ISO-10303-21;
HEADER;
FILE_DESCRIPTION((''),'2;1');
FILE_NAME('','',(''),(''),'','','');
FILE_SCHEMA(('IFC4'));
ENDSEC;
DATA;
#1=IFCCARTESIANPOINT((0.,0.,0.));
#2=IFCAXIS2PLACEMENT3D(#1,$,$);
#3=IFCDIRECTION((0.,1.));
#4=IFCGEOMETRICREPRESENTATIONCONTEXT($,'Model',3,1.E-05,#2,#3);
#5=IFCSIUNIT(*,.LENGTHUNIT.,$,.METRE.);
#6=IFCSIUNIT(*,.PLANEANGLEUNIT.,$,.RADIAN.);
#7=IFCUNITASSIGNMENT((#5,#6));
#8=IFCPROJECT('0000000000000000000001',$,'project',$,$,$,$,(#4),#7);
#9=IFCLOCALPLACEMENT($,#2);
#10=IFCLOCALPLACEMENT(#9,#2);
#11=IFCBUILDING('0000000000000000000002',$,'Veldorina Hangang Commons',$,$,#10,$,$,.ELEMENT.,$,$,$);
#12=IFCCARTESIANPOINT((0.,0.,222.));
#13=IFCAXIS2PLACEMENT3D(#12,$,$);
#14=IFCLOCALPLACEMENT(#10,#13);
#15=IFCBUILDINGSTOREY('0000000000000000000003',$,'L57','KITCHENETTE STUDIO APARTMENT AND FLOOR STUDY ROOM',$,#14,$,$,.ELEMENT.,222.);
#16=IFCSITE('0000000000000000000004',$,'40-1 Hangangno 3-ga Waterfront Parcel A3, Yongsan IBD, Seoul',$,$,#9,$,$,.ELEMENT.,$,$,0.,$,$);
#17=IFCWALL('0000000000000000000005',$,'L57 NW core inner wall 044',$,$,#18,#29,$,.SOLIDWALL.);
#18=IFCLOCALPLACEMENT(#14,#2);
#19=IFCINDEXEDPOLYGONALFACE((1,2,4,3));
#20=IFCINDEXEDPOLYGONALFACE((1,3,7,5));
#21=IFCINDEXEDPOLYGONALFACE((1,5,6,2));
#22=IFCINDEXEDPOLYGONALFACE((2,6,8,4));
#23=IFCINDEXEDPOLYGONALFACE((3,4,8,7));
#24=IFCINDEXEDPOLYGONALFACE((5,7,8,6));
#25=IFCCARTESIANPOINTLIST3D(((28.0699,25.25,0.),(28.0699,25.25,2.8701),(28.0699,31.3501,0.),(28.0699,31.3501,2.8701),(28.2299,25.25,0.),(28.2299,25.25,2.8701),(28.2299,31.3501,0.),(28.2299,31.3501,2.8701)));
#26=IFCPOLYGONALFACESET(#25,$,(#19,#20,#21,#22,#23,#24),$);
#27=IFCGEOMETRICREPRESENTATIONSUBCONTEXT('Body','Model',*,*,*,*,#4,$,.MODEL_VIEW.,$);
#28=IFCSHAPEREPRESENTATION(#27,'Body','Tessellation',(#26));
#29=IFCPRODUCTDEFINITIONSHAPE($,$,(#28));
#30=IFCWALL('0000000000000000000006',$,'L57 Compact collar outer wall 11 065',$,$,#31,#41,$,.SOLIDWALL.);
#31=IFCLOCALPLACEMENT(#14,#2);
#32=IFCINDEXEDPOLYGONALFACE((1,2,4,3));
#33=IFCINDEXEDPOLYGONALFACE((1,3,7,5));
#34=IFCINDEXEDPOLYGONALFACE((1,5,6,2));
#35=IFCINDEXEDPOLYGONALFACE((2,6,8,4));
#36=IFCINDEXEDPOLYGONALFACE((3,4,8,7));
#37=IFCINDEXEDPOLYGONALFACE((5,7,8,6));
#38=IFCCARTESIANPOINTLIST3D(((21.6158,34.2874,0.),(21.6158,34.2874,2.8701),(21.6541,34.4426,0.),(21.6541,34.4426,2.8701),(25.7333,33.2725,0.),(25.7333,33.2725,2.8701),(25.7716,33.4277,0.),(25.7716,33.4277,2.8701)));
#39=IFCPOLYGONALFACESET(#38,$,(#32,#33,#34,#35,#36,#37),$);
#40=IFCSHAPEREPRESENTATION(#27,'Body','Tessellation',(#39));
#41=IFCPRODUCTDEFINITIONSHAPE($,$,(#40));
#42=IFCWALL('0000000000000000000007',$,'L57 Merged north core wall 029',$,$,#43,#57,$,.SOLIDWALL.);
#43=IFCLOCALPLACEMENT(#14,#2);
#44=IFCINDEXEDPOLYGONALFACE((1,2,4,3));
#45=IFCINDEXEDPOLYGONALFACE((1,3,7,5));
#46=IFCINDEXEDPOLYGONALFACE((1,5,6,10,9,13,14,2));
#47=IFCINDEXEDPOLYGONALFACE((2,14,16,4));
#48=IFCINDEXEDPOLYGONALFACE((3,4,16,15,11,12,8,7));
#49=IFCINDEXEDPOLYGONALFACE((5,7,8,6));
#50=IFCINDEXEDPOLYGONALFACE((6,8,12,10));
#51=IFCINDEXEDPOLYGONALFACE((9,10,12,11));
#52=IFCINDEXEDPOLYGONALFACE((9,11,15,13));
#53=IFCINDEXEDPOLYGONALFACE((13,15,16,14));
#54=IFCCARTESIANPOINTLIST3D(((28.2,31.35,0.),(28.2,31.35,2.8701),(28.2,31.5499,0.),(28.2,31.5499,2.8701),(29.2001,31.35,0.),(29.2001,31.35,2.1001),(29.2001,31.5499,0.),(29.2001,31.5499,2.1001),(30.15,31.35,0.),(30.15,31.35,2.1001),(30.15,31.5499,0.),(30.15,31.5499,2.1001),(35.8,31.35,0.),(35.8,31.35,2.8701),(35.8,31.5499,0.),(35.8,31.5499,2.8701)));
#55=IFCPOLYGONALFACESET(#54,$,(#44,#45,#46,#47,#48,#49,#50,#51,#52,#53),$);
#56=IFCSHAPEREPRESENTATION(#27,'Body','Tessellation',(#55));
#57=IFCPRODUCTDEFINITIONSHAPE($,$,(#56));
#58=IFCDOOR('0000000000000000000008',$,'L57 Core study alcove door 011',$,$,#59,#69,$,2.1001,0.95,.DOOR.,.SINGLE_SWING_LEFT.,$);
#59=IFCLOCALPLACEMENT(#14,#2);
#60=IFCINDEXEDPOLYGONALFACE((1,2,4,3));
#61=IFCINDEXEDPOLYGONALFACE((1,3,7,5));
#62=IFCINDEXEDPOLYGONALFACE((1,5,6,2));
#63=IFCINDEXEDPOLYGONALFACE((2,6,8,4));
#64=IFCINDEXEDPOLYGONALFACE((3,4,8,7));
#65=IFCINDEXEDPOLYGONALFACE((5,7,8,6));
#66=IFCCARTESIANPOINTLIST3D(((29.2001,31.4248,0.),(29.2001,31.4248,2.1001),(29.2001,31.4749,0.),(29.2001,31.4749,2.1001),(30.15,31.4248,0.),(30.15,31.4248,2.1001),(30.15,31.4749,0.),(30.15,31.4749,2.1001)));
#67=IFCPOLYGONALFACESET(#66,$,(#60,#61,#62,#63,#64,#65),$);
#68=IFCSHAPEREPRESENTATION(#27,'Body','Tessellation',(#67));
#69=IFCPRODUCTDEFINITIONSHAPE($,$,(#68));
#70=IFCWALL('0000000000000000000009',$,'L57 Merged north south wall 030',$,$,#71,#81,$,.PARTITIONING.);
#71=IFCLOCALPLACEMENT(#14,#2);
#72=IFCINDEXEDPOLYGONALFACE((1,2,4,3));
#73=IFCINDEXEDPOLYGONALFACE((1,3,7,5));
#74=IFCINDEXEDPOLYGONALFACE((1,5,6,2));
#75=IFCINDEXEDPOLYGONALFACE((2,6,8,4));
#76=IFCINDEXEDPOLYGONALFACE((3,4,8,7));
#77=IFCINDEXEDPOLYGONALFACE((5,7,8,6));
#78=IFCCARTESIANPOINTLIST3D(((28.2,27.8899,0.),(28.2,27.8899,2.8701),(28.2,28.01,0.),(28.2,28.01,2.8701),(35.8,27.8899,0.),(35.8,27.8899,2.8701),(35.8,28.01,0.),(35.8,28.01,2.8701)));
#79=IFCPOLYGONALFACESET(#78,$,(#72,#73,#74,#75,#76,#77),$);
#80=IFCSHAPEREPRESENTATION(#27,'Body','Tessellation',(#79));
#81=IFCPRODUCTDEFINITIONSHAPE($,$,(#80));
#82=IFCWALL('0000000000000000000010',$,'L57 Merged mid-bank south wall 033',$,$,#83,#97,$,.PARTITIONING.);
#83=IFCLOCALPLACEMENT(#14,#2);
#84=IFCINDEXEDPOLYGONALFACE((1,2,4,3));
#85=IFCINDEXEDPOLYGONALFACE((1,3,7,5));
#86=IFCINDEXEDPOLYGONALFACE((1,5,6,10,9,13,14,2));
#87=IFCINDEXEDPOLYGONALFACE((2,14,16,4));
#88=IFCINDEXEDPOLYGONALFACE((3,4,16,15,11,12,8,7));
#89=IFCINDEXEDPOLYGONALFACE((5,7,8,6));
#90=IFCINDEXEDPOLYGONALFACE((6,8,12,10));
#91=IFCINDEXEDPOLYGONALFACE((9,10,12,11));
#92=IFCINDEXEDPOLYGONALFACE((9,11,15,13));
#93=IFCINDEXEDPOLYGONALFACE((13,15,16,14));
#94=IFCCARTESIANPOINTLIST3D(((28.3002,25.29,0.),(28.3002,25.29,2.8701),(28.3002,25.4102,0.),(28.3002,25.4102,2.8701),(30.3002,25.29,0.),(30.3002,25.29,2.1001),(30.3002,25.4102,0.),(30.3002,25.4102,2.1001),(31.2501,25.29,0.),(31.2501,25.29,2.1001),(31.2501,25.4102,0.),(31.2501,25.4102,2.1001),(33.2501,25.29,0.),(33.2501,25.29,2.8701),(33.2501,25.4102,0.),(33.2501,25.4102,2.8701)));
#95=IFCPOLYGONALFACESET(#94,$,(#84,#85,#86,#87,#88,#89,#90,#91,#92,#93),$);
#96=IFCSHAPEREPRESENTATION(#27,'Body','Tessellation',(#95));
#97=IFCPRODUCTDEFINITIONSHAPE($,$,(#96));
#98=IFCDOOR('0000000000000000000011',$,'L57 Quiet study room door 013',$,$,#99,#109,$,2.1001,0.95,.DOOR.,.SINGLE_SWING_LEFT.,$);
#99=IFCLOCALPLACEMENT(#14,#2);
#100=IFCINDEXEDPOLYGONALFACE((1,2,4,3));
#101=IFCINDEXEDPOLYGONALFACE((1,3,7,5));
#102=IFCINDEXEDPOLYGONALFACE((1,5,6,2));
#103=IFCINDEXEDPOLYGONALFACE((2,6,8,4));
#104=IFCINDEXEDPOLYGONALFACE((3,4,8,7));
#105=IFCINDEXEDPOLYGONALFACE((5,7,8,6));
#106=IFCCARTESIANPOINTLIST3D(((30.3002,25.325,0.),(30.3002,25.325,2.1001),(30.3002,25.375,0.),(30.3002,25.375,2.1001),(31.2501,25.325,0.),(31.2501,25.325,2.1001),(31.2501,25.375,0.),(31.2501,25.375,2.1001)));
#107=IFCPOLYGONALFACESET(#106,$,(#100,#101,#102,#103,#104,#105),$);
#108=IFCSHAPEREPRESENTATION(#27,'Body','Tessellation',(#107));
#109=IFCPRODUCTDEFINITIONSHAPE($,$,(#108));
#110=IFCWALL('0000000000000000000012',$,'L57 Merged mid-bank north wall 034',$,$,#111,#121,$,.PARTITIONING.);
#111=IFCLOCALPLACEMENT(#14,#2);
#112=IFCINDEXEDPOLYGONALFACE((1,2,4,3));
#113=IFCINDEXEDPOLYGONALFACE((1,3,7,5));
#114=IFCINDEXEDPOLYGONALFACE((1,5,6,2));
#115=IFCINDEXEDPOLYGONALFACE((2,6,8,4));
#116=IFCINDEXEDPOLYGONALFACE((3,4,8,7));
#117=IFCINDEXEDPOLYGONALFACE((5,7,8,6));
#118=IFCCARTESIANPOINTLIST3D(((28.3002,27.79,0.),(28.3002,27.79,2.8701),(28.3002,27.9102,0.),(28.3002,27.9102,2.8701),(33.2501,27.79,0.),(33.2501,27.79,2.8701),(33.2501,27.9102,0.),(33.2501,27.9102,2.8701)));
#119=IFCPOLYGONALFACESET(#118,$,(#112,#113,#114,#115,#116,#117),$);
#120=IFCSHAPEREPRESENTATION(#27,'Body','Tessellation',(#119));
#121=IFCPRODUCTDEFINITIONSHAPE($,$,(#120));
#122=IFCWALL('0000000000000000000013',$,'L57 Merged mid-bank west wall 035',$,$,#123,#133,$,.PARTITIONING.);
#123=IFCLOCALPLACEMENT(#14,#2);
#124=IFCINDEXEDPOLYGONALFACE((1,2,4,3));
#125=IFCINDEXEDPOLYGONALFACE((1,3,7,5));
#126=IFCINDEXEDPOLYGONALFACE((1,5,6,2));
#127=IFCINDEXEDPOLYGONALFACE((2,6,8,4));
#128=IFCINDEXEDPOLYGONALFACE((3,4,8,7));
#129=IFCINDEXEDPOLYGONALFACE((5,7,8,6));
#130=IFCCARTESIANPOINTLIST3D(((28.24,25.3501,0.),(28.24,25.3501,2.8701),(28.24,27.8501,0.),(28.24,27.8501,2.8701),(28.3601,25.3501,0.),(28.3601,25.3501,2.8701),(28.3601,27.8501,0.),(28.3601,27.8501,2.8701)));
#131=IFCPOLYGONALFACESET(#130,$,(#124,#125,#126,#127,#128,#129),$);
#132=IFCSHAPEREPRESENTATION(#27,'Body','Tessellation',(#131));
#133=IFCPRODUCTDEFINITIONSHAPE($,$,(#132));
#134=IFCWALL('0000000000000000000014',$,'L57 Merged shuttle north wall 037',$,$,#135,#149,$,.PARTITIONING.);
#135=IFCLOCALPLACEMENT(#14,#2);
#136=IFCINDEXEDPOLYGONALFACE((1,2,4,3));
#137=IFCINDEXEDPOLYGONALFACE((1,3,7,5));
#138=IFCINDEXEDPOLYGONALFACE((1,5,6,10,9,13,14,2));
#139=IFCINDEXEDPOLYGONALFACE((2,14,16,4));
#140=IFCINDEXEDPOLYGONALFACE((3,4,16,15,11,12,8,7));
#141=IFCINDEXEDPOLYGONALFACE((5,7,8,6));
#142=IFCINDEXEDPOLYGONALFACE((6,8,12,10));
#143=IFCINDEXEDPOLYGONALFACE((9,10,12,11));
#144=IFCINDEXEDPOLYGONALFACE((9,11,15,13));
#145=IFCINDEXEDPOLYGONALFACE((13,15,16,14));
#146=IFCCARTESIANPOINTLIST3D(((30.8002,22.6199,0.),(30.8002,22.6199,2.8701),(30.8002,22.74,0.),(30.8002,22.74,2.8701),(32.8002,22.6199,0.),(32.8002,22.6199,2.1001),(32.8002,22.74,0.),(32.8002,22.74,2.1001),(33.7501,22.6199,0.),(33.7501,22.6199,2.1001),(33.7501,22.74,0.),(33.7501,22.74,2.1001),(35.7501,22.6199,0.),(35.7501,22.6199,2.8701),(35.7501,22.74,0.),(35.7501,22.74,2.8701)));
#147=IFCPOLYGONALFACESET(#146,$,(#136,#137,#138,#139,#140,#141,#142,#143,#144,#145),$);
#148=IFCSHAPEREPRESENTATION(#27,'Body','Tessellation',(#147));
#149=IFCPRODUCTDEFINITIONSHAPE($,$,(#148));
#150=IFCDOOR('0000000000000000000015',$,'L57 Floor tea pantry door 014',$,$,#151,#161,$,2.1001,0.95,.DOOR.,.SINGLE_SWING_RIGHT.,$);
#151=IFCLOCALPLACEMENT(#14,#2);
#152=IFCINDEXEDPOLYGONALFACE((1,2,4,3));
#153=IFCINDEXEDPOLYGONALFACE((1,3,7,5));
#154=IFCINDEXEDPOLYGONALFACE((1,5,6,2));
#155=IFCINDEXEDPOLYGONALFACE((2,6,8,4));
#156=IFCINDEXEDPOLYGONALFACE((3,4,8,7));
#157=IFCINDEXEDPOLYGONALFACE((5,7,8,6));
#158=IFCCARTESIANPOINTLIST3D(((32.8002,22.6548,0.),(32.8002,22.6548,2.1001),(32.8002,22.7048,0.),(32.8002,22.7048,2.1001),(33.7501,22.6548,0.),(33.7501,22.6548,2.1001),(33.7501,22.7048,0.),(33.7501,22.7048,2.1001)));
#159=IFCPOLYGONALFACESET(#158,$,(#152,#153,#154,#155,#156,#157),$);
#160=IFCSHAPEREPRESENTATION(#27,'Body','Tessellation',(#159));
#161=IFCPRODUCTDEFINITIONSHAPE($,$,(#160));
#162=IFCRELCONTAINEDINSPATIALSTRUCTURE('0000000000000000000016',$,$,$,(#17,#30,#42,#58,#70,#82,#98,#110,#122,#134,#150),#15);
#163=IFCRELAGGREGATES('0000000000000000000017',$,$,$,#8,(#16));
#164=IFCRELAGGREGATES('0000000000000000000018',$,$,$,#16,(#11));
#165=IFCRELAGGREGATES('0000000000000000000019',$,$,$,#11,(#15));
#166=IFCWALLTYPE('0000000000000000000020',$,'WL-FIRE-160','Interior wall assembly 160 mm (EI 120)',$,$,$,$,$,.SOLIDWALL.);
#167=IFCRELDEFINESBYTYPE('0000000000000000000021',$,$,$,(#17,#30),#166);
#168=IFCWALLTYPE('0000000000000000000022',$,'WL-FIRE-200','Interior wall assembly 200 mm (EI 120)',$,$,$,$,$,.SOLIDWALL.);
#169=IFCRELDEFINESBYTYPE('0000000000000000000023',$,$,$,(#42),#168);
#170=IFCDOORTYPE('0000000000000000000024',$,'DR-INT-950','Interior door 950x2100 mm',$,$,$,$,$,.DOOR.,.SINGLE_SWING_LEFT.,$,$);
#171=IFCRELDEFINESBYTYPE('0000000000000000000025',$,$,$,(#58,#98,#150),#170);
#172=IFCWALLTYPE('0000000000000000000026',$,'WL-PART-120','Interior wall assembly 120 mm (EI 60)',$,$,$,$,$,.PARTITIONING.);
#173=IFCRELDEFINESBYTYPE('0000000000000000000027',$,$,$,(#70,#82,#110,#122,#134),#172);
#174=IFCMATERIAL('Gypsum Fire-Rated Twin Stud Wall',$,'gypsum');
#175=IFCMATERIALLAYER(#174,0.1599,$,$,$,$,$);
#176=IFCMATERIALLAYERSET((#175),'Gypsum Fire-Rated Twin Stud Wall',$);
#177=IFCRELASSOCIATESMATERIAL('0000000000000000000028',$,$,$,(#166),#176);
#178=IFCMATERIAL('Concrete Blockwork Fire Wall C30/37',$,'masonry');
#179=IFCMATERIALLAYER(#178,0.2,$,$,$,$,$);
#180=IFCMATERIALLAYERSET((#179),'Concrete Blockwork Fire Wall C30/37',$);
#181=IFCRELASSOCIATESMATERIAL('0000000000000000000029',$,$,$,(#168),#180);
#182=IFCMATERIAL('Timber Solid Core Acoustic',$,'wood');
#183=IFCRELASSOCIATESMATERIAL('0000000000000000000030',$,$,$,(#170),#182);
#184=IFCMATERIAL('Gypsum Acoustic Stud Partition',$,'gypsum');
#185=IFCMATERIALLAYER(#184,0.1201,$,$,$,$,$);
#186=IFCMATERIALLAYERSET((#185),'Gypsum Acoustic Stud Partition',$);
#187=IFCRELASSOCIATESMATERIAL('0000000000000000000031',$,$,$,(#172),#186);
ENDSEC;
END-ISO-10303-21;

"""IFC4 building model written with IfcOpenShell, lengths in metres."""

from ifc_helpers import new_model, si_unit, direction, frame, frame_2d, origin, place, context, subcontext, project, spatial, rectangle, extrude, material, layer, layer_set, type_object, element, fill, save


model = new_model("IFC4")

# Units and contexts
model_context = context("Model", 3, precision=1e-05, world=origin(), true_north=direction((0.0, 1.0)))
body_context = subcontext(model_context, "Body", "Model", "MODEL_VIEW")
ifc_project = project(units=[si_unit("LENGTHUNIT", "METRE"), si_unit("PLANEANGLEUNIT", "RADIAN")], contexts=[model_context])

# Site, building, storey
site_placement = place(None, origin())
site = spatial("IfcSite", under=ifc_project, at=site_placement, Name="40-1 Hangangno 3-ga Waterfront Parcel A3, Yongsan IBD, Seoul", CompositionType="ELEMENT", RefElevation=0.0)
building_placement = place(site_placement, origin())
building = spatial("IfcBuilding", under=site, at=building_placement, Name="Veldorina Hangang Commons", CompositionType="ELEMENT")
storey_placement = place(building_placement, frame((0.0, 0.0, 222.0)))
storey = spatial("IfcBuildingStorey", under=building, at=storey_placement, Name="L57", Description="KITCHENETTE STUDIO APARTMENT AND FLOOR STUDY ROOM", CompositionType="ELEMENT", Elevation=222.0)

# Walls
ifc_material_1 = material(Name="Gypsum Fire-Rated Twin Stud Wall", Category="gypsum")
ifc_layer_1 = layer(ifc_material_1, 0.1599)
ifc_layer_set_1 = layer_set([ifc_layer_1], Name="Gypsum Fire-Rated Twin Stud Wall")
wall_type_1 = type_object("IfcWallType", Name="WL-FIRE-160", Description="Interior wall assembly 160 mm (EI 120)", PredefinedType="SOLIDWALL", material=ifc_layer_set_1)
wall_1_placement = place(storey_placement, frame((28.1499, 25.25, 0.0), z_axis=(0.0, 0.0, 1.0), x_axis=(0.0, 1.0, 0.0)))
element("IfcWall", 1, at=wall_1_placement, inside=storey, type_object=wall_type_1, Name="L57 NW core inner wall 044", PredefinedType="SOLIDWALL", context=body_context, shape_type="SweptSolid", body=[
    extrude(rectangle(XDim=6.1001, YDim=0.1599, at=frame_2d((3.05, 0.0))), origin(), (0.0, 0.0, 1.0), 2.8701),
])
wall_2_placement = place(storey_placement, frame((25.7524, 33.3501, 0.0), z_axis=(0.0, 0.0, 1.0), x_axis=(-0.97094, 0.239324, 0.0)))
element("IfcWall", 2, at=wall_2_placement, inside=storey, type_object=wall_type_1, Name="L57 Compact collar outer wall 11 065", PredefinedType="SOLIDWALL", context=body_context, shape_type="SweptSolid", body=[
    extrude(rectangle(XDim=4.2407, YDim=0.1599, at=frame_2d((2.1204, 0.0))), origin(), (0.0, 0.0, 1.0), 2.8701),
])

# Wall, opening, door
ifc_material_2 = material(Name="Concrete Blockwork Fire Wall C30/37", Category="masonry")
ifc_layer_2 = layer(ifc_material_2, 0.2)
ifc_layer_set_2 = layer_set([ifc_layer_2], Name="Concrete Blockwork Fire Wall C30/37")
wall_type_2 = type_object("IfcWallType", Name="WL-FIRE-200", Description="Interior wall assembly 200 mm (EI 120)", PredefinedType="SOLIDWALL", material=ifc_layer_set_2)
wall_3_placement = place(storey_placement, frame((28.2, 31.45, 0.0), z_axis=(0.0, 0.0, 1.0), x_axis=(1.0, 0.0, 0.0)))
wall_3 = element("IfcWall", 3, at=wall_3_placement, inside=storey, type_object=wall_type_2, Name="L57 Merged north core wall 029", PredefinedType="SOLIDWALL", context=body_context, shape_type="SweptSolid", body=[
    extrude(rectangle(XDim=7.6001, YDim=0.2, at=frame_2d((3.8, 0.0))), origin(), (0.0, 0.0, 1.0), 2.8701),
])
opening_1_placement = place(wall_3_placement, frame((1.0, 0.0, 0.0)))
opening_1 = element("IfcOpeningElement", 4, at=opening_1_placement, cuts=wall_3, PredefinedType="OPENING", context=body_context, shape_type="SweptSolid", body=[
    extrude(rectangle(XDim=0.95, YDim=2.1001, at=frame_2d((0.4751, 1.05))), frame((0.0, 0.1099, 0.0), z_axis=(0.0, -1.0, 0.0), x_axis=(1.0, 0.0, 0.0)), (0.0, 0.0, 1.0), 0.22),
])
ifc_material_3 = material(Name="Timber Solid Core Acoustic", Category="wood")
door_type_1 = type_object("IfcDoorType", Name="DR-INT-950", Description="Interior door 950x2100 mm", OperationType="SINGLE_SWING_LEFT", PredefinedType="DOOR", material=ifc_material_3)
door_1_placement = place(opening_1_placement, origin())
door_1 = element("IfcDoor", 5, at=door_1_placement, inside=storey, type_object=door_type_1, Name="L57 Core study alcove door 011", OperationType="SINGLE_SWING_LEFT", OverallHeight=2.1001, OverallWidth=0.95, PredefinedType="DOOR", context=body_context, shape_type="SweptSolid", body=[
    extrude(rectangle(XDim=0.95, YDim=2.1001, at=frame_2d((0.4751, 1.05))), frame((0.0, 0.0249, 0.0), z_axis=(0.0, -1.0, 0.0), x_axis=(1.0, 0.0, 0.0)), (0.0, 0.0, 1.0), 0.05),
])
fill(opening_1, door_1)

# Wall
ifc_material_4 = material(Name="Gypsum Acoustic Stud Partition", Category="gypsum")
ifc_layer_3 = layer(ifc_material_4, 0.1201)
ifc_layer_set_3 = layer_set([ifc_layer_3], Name="Gypsum Acoustic Stud Partition")
wall_type_3 = type_object("IfcWallType", Name="WL-PART-120", Description="Interior wall assembly 120 mm (EI 60)", PredefinedType="PARTITIONING", material=ifc_layer_set_3)
wall_4_placement = place(storey_placement, frame((28.2, 27.95, 0.0), z_axis=(0.0, 0.0, 1.0), x_axis=(1.0, 0.0, 0.0)))
element("IfcWall", 6, at=wall_4_placement, inside=storey, type_object=wall_type_3, Name="L57 Merged north south wall 030", PredefinedType="PARTITIONING", context=body_context, shape_type="SweptSolid", body=[
    extrude(rectangle(XDim=7.6001, YDim=0.1201, at=frame_2d((3.8, 0.0))), origin(), (0.0, 0.0, 1.0), 2.8701),
])

# Wall, opening, door
wall_5_placement = place(storey_placement, frame((28.3, 25.3501, 0.0), z_axis=(0.0, 0.0, 1.0), x_axis=(1.0, 0.0, 0.0)))
wall_5 = element("IfcWall", 7, at=wall_5_placement, inside=storey, type_object=wall_type_3, Name="L57 Merged mid-bank south wall 033", PredefinedType="PARTITIONING", context=body_context, shape_type="SweptSolid", body=[
    extrude(rectangle(XDim=4.95, YDim=0.1201, at=frame_2d((2.4751, 0.0))), origin(), (0.0, 0.0, 1.0), 2.8701),
])
opening_2_placement = place(wall_5_placement, frame((2.0, 0.0, 0.0)))
opening_2 = element("IfcOpeningElement", 8, at=opening_2_placement, cuts=wall_5, PredefinedType="OPENING", context=body_context, shape_type="SweptSolid", body=[
    extrude(rectangle(XDim=0.95, YDim=2.1001, at=frame_2d((0.4751, 1.05))), frame((0.0, 0.0701, 0.0), z_axis=(0.0, -1.0, 0.0), x_axis=(1.0, 0.0, 0.0)), (0.0, 0.0, 1.0), 0.1401),
])
door_2_placement = place(opening_2_placement, origin())
door_2 = element("IfcDoor", 9, at=door_2_placement, inside=storey, type_object=door_type_1, Name="L57 Quiet study room door 013", OperationType="SINGLE_SWING_LEFT", OverallHeight=2.1001, OverallWidth=0.95, PredefinedType="DOOR", context=body_context, shape_type="SweptSolid", body=[
    extrude(rectangle(XDim=0.95, YDim=2.1001, at=frame_2d((0.4751, 1.05))), frame((0.0, 0.0249, 0.0), z_axis=(0.0, -1.0, 0.0), x_axis=(1.0, 0.0, 0.0)), (0.0, 0.0, 1.0), 0.05),
])
fill(opening_2, door_2)

# Walls
wall_6_placement = place(storey_placement, frame((28.3, 27.8501, 0.0), z_axis=(0.0, 0.0, 1.0), x_axis=(1.0, 0.0, 0.0)))
element("IfcWall", 10, at=wall_6_placement, inside=storey, type_object=wall_type_3, Name="L57 Merged mid-bank north wall 034", PredefinedType="PARTITIONING", context=body_context, shape_type="SweptSolid", body=[
    extrude(rectangle(XDim=4.95, YDim=0.1201, at=frame_2d((2.4751, 0.0))), origin(), (0.0, 0.0, 1.0), 2.8701),
])
wall_7_placement = place(storey_placement, frame((28.3, 25.3501, 0.0), z_axis=(0.0, 0.0, 1.0), x_axis=(0.0, 1.0, 0.0)))
element("IfcWall", 11, at=wall_7_placement, inside=storey, type_object=wall_type_3, Name="L57 Merged mid-bank west wall 035", PredefinedType="PARTITIONING", context=body_context, shape_type="SweptSolid", body=[
    extrude(rectangle(XDim=2.5, YDim=0.1201, at=frame_2d((1.25, 0.0))), origin(), (0.0, 0.0, 1.0), 2.8701),
])

# Wall, opening, door
wall_8_placement = place(storey_placement, frame((30.8, 22.6799, 0.0), z_axis=(0.0, 0.0, 1.0), x_axis=(1.0, 0.0, 0.0)))
wall_8 = element("IfcWall", 12, at=wall_8_placement, inside=storey, type_object=wall_type_3, Name="L57 Merged shuttle north wall 037", PredefinedType="PARTITIONING", context=body_context, shape_type="SweptSolid", body=[
    extrude(rectangle(XDim=4.95, YDim=0.1201, at=frame_2d((2.4751, 0.0))), origin(), (0.0, 0.0, 1.0), 2.8701),
])
opening_3_placement = place(wall_8_placement, frame((2.0, 0.0, 0.0)))
opening_3 = element("IfcOpeningElement", 13, at=opening_3_placement, cuts=wall_8, PredefinedType="OPENING", context=body_context, shape_type="SweptSolid", body=[
    extrude(rectangle(XDim=0.95, YDim=2.1001, at=frame_2d((0.4751, 1.05))), frame((0.0, 0.0701, 0.0), z_axis=(0.0, -1.0, 0.0), x_axis=(1.0, 0.0, 0.0)), (0.0, 0.0, 1.0), 0.1401),
])
door_3_placement = place(opening_3_placement, origin())
door_3 = element("IfcDoor", 14, at=door_3_placement, inside=storey, type_object=door_type_1, Name="L57 Floor tea pantry door 014", OperationType="SINGLE_SWING_RIGHT", OverallHeight=2.1001, OverallWidth=0.95, PredefinedType="DOOR", context=body_context, shape_type="SweptSolid", body=[
    extrude(rectangle(XDim=0.95, YDim=2.1001, at=frame_2d((0.4751, 1.05))), frame((0.0, 0.0249, 0.0), z_axis=(0.0, -1.0, 0.0), x_axis=(1.0, 0.0, 0.0)), (0.0, 0.0, 1.0), 0.05),
])
fill(opening_3, door_3)

save(model, "model.ifc")
